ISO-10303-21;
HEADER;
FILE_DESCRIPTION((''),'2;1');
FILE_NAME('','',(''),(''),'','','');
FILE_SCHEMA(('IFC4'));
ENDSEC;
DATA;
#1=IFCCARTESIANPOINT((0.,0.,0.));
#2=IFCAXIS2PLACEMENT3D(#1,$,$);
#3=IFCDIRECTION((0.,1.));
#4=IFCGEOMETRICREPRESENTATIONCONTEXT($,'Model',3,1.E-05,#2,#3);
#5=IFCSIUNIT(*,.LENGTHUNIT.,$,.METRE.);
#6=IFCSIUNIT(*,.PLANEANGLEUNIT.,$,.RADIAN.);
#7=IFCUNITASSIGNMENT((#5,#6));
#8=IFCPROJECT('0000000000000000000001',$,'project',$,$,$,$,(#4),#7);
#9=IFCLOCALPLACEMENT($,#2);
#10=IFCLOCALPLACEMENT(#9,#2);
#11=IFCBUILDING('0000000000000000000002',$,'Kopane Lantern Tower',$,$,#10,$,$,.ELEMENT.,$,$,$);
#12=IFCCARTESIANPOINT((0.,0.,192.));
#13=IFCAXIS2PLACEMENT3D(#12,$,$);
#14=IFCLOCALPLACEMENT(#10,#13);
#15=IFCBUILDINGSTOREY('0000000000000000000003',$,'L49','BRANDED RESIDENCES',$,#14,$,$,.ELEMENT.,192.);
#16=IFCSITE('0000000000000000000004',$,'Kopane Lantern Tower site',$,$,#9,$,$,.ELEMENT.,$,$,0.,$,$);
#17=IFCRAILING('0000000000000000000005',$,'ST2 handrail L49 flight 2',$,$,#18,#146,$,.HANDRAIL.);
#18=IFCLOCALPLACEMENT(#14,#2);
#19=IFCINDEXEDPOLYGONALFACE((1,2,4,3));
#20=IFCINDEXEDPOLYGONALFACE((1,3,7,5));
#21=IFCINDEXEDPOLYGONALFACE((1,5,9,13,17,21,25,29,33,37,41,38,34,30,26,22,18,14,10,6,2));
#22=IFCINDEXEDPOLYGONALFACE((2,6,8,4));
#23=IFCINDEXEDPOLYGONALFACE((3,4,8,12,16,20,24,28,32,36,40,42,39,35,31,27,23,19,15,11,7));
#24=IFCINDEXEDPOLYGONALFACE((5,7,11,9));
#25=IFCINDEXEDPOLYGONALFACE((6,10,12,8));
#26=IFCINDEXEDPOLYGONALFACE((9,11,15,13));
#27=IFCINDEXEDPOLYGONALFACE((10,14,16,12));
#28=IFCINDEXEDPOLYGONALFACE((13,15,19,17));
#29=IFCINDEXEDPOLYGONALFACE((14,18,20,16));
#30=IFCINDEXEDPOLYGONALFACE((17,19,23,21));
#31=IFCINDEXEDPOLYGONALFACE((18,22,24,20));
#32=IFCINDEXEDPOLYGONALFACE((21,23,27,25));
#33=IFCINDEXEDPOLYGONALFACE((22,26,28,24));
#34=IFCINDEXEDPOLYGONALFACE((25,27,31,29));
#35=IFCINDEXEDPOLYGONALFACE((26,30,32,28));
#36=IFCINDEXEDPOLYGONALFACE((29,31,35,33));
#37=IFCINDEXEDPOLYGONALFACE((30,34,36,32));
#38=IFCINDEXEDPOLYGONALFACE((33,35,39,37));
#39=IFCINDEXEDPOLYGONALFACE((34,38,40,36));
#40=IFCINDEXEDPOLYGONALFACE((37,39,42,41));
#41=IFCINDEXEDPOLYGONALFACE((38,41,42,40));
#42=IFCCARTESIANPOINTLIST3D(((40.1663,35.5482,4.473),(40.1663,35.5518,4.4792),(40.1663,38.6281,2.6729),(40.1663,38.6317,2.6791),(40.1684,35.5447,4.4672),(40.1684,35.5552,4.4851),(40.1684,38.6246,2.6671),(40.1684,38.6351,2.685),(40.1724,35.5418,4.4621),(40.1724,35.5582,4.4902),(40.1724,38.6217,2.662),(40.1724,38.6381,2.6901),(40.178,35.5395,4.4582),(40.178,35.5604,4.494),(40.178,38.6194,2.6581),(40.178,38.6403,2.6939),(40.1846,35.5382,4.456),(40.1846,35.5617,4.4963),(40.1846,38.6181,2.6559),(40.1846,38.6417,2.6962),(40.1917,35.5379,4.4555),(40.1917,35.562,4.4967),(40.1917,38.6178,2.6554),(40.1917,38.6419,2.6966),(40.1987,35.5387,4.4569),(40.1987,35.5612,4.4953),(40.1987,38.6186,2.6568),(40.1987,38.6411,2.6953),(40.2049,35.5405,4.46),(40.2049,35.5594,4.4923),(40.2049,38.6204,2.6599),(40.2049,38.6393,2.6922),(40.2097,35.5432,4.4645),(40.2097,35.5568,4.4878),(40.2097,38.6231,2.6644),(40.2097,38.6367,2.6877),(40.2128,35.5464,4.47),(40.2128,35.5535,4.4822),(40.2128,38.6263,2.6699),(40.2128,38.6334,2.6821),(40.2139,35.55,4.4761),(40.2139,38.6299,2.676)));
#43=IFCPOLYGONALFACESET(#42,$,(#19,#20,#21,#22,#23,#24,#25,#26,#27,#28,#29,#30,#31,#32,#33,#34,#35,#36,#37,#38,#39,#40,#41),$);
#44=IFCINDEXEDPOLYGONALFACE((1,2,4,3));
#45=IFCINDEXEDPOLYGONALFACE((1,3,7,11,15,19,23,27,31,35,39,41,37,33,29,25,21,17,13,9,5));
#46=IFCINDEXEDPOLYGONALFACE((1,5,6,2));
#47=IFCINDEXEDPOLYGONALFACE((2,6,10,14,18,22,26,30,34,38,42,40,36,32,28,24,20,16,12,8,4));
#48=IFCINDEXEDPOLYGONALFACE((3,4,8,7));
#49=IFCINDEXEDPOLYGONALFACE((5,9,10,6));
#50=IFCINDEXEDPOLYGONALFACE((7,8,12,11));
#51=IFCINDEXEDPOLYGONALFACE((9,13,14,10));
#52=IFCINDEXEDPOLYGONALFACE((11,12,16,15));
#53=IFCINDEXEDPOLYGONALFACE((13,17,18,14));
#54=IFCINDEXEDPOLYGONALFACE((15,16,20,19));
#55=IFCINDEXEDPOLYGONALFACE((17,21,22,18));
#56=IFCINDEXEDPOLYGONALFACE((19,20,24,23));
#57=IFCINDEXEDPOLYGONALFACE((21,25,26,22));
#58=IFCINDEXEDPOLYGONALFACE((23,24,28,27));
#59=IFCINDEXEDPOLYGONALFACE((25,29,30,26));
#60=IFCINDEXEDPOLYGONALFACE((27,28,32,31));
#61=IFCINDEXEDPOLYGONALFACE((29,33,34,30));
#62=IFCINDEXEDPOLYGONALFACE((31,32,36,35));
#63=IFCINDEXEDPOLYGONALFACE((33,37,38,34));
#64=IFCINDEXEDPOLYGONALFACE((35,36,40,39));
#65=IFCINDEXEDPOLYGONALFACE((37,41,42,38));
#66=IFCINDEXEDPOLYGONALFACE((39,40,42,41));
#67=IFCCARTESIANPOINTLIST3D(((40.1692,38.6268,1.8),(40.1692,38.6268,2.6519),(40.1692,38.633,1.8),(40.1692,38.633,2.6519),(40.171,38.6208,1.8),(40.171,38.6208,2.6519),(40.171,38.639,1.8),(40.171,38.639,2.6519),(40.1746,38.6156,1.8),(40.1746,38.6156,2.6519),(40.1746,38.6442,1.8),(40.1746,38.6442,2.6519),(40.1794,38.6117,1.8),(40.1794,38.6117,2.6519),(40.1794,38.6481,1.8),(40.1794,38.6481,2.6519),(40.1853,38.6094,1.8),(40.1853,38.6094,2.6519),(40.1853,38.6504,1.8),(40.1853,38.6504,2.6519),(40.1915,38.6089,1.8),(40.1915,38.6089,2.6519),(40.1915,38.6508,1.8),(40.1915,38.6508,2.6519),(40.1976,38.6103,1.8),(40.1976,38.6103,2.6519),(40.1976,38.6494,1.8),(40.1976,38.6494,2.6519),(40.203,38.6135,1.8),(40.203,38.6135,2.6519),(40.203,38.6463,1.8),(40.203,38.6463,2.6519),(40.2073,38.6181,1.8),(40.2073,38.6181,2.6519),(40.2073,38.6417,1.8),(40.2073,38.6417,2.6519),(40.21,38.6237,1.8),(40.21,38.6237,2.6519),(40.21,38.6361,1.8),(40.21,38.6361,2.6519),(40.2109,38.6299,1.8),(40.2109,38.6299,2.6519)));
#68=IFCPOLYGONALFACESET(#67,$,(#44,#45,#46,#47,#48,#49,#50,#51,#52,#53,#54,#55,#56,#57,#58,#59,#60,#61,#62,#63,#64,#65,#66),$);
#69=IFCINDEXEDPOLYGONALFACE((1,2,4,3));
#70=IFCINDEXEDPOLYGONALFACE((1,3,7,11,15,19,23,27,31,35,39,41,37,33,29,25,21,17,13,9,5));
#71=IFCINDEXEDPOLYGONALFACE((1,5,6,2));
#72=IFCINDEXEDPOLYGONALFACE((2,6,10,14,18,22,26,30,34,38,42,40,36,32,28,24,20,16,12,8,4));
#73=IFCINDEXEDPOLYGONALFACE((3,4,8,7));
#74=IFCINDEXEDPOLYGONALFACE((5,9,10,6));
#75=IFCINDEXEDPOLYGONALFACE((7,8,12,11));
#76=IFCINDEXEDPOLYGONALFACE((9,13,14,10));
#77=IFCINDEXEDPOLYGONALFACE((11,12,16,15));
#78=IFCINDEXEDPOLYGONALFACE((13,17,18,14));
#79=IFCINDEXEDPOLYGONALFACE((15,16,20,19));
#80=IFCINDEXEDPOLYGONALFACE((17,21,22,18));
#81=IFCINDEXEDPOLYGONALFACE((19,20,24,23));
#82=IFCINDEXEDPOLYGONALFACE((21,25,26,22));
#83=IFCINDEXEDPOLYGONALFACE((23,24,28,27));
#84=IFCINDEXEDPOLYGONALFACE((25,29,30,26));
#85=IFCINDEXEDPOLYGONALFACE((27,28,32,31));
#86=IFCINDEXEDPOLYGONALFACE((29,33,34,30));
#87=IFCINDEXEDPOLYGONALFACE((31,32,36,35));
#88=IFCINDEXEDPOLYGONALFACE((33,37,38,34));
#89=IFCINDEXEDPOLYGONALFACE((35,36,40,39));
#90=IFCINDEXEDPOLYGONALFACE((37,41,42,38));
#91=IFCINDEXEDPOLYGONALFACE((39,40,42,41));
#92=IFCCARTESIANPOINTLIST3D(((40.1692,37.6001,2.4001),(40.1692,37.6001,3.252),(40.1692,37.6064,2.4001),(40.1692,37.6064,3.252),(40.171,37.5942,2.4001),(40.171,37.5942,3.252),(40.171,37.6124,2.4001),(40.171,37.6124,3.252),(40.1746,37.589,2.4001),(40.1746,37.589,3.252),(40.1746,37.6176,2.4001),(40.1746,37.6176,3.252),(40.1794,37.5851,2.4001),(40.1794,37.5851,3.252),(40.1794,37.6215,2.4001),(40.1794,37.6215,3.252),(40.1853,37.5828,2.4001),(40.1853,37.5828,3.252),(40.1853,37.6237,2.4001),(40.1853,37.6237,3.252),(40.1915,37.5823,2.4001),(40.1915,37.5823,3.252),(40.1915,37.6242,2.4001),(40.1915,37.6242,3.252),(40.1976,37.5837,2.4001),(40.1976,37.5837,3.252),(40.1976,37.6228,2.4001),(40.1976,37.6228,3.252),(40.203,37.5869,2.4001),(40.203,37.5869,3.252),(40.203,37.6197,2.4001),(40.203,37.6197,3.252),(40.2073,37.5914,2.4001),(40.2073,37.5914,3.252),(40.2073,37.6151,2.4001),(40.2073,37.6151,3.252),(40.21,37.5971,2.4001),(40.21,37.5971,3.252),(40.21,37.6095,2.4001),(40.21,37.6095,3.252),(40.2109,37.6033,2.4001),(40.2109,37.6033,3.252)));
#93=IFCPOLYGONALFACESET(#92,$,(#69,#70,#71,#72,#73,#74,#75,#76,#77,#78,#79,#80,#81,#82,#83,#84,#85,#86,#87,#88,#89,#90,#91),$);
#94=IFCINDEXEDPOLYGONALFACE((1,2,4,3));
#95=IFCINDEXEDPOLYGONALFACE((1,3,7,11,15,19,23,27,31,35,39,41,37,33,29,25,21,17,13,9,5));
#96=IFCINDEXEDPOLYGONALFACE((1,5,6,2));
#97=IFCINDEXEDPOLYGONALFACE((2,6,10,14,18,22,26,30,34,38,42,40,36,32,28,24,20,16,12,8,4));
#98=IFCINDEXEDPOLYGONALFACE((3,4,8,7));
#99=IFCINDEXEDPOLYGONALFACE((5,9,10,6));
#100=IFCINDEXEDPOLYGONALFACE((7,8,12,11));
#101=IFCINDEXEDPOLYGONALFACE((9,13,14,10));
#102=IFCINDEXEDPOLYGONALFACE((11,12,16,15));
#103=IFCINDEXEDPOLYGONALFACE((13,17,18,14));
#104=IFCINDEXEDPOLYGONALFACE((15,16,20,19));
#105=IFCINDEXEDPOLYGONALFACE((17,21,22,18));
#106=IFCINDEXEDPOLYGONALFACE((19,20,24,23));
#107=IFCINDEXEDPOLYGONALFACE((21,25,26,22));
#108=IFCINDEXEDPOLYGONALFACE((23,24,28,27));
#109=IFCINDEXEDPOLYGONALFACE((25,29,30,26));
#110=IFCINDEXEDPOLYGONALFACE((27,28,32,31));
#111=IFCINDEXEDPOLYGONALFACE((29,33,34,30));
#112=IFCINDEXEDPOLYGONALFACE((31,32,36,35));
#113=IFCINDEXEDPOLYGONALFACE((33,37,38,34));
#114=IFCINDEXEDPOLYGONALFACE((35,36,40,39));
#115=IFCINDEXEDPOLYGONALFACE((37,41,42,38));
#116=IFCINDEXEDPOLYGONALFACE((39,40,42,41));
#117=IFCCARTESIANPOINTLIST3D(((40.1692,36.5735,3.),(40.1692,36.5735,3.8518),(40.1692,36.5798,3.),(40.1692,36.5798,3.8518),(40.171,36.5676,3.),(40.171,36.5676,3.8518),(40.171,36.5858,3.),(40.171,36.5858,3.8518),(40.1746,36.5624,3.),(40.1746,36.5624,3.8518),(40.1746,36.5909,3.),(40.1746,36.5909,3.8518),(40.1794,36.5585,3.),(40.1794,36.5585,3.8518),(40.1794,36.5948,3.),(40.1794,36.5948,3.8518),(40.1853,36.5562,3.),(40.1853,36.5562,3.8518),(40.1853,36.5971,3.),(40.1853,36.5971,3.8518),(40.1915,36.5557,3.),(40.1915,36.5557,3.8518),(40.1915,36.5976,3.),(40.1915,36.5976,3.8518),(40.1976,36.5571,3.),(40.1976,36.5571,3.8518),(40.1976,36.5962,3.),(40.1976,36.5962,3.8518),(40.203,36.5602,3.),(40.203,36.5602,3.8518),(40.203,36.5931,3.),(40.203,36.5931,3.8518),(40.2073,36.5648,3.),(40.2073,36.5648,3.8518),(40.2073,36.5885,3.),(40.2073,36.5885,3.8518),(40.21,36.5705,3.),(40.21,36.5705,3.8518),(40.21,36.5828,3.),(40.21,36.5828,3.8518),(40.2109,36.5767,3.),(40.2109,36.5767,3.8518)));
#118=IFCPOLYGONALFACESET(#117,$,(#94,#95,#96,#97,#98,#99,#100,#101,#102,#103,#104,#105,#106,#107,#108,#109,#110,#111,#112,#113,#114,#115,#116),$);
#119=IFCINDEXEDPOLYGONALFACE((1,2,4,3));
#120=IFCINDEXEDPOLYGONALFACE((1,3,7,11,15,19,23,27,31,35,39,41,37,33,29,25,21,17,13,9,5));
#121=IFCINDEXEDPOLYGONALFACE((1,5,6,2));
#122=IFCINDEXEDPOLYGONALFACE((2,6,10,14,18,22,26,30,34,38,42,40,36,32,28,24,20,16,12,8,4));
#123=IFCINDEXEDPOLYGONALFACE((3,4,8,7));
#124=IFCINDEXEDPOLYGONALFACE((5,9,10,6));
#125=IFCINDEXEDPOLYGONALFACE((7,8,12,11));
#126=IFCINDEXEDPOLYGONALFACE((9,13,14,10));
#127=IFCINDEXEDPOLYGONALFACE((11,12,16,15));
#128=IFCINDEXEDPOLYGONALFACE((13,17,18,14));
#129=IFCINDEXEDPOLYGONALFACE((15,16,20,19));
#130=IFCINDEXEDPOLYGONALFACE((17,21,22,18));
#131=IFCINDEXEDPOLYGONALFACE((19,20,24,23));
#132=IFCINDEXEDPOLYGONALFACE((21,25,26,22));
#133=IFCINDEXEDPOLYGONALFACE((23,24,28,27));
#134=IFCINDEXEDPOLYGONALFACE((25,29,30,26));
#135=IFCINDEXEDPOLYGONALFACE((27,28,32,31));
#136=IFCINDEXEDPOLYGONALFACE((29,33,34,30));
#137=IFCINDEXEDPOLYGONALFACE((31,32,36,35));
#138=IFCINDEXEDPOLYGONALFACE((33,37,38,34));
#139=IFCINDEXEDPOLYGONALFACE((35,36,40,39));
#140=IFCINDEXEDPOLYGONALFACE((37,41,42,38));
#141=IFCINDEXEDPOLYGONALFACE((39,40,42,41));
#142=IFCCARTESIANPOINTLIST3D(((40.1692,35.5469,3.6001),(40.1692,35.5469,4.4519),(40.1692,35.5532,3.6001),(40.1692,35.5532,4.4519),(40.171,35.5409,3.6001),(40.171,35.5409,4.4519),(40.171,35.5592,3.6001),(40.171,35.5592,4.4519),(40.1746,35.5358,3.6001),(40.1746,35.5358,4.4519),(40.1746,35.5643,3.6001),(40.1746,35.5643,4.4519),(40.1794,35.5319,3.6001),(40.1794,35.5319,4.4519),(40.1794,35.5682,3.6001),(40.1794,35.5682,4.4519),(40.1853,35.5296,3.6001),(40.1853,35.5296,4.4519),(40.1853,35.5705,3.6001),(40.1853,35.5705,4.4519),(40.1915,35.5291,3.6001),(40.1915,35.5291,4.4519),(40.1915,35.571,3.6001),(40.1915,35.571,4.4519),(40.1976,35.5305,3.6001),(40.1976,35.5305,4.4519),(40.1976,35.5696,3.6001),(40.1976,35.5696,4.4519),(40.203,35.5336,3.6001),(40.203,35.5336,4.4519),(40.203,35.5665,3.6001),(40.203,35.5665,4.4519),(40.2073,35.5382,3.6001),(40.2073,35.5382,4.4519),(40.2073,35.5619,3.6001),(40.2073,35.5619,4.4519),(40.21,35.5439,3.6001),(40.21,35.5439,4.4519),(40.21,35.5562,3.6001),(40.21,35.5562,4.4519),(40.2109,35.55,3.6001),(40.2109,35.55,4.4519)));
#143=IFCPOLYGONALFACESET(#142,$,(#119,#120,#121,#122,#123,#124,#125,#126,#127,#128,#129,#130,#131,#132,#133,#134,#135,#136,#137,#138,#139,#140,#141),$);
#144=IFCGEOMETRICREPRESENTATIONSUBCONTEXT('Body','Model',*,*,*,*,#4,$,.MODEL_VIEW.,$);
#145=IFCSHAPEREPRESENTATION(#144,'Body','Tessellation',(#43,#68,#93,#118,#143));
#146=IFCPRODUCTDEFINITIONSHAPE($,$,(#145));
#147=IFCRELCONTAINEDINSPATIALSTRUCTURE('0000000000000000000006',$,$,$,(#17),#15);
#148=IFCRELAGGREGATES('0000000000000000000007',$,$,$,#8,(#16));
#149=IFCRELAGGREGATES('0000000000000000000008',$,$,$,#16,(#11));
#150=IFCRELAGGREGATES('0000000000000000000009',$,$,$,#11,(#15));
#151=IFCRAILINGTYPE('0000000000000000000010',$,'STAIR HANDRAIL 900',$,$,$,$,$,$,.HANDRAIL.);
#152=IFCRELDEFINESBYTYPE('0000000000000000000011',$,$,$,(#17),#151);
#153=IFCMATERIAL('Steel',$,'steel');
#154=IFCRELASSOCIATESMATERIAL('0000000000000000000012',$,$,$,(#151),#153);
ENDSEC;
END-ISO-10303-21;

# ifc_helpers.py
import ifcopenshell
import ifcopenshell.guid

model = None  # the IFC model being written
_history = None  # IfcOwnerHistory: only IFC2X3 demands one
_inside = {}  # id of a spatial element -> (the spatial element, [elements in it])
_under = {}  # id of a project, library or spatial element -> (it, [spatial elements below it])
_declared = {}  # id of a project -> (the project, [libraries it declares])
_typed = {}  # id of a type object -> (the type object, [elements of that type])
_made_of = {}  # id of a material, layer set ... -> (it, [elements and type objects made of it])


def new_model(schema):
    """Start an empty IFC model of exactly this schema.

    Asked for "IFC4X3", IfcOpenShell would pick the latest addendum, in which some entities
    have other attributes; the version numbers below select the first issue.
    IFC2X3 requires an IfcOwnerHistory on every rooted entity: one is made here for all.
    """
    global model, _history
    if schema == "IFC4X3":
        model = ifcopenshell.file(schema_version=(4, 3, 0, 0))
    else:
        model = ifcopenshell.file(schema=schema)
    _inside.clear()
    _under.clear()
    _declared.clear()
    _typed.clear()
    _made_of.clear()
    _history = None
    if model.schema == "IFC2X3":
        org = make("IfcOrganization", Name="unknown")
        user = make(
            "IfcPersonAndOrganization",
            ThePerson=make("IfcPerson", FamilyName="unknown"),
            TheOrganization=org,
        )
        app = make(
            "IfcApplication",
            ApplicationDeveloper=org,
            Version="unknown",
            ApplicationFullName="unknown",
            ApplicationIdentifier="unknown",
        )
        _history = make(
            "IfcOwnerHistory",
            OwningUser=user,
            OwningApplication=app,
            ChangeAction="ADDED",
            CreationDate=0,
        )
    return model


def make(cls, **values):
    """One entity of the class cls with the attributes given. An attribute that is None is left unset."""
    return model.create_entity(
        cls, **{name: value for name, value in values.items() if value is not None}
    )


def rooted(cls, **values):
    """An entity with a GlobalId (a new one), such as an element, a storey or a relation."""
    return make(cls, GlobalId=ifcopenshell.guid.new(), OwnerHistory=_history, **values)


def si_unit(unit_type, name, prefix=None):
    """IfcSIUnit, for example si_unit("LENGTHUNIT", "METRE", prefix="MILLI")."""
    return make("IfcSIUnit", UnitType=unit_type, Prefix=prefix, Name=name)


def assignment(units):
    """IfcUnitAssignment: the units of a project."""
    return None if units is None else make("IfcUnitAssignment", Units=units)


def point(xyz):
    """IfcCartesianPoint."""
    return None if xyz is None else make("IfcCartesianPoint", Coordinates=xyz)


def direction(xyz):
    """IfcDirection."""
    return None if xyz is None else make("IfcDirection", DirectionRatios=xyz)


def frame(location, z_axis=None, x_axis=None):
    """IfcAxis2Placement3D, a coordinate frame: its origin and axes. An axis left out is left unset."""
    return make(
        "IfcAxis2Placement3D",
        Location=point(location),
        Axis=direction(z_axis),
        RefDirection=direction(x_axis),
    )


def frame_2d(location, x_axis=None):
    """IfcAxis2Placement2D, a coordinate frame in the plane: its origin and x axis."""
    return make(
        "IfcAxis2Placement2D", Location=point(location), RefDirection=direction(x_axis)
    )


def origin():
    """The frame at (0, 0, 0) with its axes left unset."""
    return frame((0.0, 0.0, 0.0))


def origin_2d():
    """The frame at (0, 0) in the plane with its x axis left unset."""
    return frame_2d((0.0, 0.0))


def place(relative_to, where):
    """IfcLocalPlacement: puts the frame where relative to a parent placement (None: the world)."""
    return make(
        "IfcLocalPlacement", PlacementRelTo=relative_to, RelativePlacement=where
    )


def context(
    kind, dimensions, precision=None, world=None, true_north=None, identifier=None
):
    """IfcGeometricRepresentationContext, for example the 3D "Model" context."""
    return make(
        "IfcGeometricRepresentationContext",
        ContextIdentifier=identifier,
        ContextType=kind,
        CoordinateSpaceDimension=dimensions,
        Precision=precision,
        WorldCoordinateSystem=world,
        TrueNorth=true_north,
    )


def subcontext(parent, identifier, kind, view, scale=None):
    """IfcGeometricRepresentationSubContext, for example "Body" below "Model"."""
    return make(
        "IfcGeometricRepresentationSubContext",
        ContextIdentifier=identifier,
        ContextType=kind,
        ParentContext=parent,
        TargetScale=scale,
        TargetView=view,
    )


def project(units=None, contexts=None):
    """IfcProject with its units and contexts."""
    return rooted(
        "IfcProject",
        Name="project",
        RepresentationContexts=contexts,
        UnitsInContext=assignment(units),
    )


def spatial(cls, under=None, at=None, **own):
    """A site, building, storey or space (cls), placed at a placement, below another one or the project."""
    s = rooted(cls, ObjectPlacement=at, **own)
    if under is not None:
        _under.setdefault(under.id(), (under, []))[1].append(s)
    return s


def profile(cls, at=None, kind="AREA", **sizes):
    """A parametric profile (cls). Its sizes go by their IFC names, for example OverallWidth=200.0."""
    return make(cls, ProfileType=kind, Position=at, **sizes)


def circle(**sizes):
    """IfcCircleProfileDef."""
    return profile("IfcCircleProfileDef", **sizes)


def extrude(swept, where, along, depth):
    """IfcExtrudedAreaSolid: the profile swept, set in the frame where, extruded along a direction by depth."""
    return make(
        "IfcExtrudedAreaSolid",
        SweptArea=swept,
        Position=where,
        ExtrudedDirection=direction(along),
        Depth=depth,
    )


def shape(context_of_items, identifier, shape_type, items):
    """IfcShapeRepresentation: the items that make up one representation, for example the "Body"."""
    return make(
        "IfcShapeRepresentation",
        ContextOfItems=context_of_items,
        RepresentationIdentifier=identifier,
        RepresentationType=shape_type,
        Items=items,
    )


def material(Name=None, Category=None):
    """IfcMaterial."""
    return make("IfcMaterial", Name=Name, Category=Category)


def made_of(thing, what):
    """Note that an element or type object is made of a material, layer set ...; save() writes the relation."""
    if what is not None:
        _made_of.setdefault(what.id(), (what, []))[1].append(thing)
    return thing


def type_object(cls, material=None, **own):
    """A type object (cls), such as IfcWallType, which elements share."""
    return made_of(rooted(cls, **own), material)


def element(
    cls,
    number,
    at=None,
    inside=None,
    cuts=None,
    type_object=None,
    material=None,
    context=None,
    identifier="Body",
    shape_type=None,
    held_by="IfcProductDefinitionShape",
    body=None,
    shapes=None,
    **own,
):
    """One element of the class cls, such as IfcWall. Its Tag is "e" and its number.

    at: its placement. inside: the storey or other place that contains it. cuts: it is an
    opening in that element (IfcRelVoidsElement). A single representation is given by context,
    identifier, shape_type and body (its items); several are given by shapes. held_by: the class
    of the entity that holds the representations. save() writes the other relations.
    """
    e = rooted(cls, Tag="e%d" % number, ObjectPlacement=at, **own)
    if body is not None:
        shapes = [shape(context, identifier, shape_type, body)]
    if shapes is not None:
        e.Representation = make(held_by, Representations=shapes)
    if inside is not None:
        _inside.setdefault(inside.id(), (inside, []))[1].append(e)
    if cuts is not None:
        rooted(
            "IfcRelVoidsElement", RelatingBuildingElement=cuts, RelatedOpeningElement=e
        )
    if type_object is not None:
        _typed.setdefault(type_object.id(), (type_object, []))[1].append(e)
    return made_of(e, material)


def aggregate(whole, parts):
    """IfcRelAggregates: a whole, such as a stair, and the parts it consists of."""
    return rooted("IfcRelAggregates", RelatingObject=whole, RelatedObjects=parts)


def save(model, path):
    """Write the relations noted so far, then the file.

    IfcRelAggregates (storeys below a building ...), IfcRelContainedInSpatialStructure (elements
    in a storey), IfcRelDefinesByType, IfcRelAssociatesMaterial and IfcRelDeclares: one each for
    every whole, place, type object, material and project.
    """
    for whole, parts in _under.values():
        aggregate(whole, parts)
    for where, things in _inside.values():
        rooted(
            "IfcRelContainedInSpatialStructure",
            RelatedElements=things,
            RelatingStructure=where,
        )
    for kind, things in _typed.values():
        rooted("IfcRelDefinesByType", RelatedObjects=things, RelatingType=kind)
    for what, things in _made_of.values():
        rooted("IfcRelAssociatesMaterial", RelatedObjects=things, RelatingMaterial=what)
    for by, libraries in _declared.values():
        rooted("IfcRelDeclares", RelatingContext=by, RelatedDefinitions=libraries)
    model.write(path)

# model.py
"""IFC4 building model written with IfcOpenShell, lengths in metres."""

from ifc_helpers import new_model, si_unit, direction, frame, origin, origin_2d, place, context, subcontext, project, spatial, circle, extrude, material, type_object, element, save


model = new_model("IFC4")

# Units and contexts
model_context = context("Model", 3, precision=1e-05, world=origin(), true_north=direction((0.0, 1.0)))
body_context = subcontext(model_context, "Body", "Model", "MODEL_VIEW")
ifc_project = project(units=[si_unit("LENGTHUNIT", "METRE"), si_unit("PLANEANGLEUNIT", "RADIAN")], contexts=[model_context])

# Site, building, storey
site_placement = place(None, origin())
site = spatial("IfcSite", under=ifc_project, at=site_placement, Name="Kopane Lantern Tower site", CompositionType="ELEMENT", RefElevation=0.0)
building_placement = place(site_placement, origin())
building = spatial("IfcBuilding", under=site, at=building_placement, Name="Kopane Lantern Tower", CompositionType="ELEMENT")
storey_placement = place(building_placement, frame((0.0, 0.0, 192.0)))
storey = spatial("IfcBuildingStorey", under=building, at=storey_placement, Name="L49", Description="BRANDED RESIDENCES", CompositionType="ELEMENT", Elevation=192.0)

# Railing
ifc_material_1 = material(Name="Steel", Category="steel")
railing_type_1 = type_object("IfcRailingType", Name="STAIR HANDRAIL 900", PredefinedType="HANDRAIL", material=ifc_material_1)
for number, where, name in (
    (1, (40.1899, 38.6299, 1.8), "ST2 handrail L49 flight 2"),
):
    element("IfcRailing", number, at=place(storey_placement, frame(where)), inside=storey, type_object=railing_type_1, Name=name, PredefinedType="HANDRAIL", context=body_context, shape_type="SweptSolid", body=[
        extrude(circle(Radius=0.0239, at=origin_2d()), frame((0.0, 0.0, 0.876), z_axis=(0.0, -0.863354, 0.504598), x_axis=(1.0, 0.0, 0.0)), (0.0, 0.0, 1.0), 3.5674),
        extrude(circle(Radius=0.021, at=origin_2d()), origin(), (0.0, 0.0, 1.0), 0.8518),
        extrude(circle(Radius=0.021, at=origin_2d()), frame((0.0, -1.0266, 0.6001)), (0.0, 0.0, 1.0), 0.8518),
        extrude(circle(Radius=0.021, at=origin_2d()), frame((0.0, -2.0532, 1.2)), (0.0, 0.0, 1.0), 0.8518),
        extrude(circle(Radius=0.021, at=origin_2d()), frame((0.0, -3.0798, 1.8)), (0.0, 0.0, 1.0), 0.8518),
    ])

save(model, "model.ifc")
